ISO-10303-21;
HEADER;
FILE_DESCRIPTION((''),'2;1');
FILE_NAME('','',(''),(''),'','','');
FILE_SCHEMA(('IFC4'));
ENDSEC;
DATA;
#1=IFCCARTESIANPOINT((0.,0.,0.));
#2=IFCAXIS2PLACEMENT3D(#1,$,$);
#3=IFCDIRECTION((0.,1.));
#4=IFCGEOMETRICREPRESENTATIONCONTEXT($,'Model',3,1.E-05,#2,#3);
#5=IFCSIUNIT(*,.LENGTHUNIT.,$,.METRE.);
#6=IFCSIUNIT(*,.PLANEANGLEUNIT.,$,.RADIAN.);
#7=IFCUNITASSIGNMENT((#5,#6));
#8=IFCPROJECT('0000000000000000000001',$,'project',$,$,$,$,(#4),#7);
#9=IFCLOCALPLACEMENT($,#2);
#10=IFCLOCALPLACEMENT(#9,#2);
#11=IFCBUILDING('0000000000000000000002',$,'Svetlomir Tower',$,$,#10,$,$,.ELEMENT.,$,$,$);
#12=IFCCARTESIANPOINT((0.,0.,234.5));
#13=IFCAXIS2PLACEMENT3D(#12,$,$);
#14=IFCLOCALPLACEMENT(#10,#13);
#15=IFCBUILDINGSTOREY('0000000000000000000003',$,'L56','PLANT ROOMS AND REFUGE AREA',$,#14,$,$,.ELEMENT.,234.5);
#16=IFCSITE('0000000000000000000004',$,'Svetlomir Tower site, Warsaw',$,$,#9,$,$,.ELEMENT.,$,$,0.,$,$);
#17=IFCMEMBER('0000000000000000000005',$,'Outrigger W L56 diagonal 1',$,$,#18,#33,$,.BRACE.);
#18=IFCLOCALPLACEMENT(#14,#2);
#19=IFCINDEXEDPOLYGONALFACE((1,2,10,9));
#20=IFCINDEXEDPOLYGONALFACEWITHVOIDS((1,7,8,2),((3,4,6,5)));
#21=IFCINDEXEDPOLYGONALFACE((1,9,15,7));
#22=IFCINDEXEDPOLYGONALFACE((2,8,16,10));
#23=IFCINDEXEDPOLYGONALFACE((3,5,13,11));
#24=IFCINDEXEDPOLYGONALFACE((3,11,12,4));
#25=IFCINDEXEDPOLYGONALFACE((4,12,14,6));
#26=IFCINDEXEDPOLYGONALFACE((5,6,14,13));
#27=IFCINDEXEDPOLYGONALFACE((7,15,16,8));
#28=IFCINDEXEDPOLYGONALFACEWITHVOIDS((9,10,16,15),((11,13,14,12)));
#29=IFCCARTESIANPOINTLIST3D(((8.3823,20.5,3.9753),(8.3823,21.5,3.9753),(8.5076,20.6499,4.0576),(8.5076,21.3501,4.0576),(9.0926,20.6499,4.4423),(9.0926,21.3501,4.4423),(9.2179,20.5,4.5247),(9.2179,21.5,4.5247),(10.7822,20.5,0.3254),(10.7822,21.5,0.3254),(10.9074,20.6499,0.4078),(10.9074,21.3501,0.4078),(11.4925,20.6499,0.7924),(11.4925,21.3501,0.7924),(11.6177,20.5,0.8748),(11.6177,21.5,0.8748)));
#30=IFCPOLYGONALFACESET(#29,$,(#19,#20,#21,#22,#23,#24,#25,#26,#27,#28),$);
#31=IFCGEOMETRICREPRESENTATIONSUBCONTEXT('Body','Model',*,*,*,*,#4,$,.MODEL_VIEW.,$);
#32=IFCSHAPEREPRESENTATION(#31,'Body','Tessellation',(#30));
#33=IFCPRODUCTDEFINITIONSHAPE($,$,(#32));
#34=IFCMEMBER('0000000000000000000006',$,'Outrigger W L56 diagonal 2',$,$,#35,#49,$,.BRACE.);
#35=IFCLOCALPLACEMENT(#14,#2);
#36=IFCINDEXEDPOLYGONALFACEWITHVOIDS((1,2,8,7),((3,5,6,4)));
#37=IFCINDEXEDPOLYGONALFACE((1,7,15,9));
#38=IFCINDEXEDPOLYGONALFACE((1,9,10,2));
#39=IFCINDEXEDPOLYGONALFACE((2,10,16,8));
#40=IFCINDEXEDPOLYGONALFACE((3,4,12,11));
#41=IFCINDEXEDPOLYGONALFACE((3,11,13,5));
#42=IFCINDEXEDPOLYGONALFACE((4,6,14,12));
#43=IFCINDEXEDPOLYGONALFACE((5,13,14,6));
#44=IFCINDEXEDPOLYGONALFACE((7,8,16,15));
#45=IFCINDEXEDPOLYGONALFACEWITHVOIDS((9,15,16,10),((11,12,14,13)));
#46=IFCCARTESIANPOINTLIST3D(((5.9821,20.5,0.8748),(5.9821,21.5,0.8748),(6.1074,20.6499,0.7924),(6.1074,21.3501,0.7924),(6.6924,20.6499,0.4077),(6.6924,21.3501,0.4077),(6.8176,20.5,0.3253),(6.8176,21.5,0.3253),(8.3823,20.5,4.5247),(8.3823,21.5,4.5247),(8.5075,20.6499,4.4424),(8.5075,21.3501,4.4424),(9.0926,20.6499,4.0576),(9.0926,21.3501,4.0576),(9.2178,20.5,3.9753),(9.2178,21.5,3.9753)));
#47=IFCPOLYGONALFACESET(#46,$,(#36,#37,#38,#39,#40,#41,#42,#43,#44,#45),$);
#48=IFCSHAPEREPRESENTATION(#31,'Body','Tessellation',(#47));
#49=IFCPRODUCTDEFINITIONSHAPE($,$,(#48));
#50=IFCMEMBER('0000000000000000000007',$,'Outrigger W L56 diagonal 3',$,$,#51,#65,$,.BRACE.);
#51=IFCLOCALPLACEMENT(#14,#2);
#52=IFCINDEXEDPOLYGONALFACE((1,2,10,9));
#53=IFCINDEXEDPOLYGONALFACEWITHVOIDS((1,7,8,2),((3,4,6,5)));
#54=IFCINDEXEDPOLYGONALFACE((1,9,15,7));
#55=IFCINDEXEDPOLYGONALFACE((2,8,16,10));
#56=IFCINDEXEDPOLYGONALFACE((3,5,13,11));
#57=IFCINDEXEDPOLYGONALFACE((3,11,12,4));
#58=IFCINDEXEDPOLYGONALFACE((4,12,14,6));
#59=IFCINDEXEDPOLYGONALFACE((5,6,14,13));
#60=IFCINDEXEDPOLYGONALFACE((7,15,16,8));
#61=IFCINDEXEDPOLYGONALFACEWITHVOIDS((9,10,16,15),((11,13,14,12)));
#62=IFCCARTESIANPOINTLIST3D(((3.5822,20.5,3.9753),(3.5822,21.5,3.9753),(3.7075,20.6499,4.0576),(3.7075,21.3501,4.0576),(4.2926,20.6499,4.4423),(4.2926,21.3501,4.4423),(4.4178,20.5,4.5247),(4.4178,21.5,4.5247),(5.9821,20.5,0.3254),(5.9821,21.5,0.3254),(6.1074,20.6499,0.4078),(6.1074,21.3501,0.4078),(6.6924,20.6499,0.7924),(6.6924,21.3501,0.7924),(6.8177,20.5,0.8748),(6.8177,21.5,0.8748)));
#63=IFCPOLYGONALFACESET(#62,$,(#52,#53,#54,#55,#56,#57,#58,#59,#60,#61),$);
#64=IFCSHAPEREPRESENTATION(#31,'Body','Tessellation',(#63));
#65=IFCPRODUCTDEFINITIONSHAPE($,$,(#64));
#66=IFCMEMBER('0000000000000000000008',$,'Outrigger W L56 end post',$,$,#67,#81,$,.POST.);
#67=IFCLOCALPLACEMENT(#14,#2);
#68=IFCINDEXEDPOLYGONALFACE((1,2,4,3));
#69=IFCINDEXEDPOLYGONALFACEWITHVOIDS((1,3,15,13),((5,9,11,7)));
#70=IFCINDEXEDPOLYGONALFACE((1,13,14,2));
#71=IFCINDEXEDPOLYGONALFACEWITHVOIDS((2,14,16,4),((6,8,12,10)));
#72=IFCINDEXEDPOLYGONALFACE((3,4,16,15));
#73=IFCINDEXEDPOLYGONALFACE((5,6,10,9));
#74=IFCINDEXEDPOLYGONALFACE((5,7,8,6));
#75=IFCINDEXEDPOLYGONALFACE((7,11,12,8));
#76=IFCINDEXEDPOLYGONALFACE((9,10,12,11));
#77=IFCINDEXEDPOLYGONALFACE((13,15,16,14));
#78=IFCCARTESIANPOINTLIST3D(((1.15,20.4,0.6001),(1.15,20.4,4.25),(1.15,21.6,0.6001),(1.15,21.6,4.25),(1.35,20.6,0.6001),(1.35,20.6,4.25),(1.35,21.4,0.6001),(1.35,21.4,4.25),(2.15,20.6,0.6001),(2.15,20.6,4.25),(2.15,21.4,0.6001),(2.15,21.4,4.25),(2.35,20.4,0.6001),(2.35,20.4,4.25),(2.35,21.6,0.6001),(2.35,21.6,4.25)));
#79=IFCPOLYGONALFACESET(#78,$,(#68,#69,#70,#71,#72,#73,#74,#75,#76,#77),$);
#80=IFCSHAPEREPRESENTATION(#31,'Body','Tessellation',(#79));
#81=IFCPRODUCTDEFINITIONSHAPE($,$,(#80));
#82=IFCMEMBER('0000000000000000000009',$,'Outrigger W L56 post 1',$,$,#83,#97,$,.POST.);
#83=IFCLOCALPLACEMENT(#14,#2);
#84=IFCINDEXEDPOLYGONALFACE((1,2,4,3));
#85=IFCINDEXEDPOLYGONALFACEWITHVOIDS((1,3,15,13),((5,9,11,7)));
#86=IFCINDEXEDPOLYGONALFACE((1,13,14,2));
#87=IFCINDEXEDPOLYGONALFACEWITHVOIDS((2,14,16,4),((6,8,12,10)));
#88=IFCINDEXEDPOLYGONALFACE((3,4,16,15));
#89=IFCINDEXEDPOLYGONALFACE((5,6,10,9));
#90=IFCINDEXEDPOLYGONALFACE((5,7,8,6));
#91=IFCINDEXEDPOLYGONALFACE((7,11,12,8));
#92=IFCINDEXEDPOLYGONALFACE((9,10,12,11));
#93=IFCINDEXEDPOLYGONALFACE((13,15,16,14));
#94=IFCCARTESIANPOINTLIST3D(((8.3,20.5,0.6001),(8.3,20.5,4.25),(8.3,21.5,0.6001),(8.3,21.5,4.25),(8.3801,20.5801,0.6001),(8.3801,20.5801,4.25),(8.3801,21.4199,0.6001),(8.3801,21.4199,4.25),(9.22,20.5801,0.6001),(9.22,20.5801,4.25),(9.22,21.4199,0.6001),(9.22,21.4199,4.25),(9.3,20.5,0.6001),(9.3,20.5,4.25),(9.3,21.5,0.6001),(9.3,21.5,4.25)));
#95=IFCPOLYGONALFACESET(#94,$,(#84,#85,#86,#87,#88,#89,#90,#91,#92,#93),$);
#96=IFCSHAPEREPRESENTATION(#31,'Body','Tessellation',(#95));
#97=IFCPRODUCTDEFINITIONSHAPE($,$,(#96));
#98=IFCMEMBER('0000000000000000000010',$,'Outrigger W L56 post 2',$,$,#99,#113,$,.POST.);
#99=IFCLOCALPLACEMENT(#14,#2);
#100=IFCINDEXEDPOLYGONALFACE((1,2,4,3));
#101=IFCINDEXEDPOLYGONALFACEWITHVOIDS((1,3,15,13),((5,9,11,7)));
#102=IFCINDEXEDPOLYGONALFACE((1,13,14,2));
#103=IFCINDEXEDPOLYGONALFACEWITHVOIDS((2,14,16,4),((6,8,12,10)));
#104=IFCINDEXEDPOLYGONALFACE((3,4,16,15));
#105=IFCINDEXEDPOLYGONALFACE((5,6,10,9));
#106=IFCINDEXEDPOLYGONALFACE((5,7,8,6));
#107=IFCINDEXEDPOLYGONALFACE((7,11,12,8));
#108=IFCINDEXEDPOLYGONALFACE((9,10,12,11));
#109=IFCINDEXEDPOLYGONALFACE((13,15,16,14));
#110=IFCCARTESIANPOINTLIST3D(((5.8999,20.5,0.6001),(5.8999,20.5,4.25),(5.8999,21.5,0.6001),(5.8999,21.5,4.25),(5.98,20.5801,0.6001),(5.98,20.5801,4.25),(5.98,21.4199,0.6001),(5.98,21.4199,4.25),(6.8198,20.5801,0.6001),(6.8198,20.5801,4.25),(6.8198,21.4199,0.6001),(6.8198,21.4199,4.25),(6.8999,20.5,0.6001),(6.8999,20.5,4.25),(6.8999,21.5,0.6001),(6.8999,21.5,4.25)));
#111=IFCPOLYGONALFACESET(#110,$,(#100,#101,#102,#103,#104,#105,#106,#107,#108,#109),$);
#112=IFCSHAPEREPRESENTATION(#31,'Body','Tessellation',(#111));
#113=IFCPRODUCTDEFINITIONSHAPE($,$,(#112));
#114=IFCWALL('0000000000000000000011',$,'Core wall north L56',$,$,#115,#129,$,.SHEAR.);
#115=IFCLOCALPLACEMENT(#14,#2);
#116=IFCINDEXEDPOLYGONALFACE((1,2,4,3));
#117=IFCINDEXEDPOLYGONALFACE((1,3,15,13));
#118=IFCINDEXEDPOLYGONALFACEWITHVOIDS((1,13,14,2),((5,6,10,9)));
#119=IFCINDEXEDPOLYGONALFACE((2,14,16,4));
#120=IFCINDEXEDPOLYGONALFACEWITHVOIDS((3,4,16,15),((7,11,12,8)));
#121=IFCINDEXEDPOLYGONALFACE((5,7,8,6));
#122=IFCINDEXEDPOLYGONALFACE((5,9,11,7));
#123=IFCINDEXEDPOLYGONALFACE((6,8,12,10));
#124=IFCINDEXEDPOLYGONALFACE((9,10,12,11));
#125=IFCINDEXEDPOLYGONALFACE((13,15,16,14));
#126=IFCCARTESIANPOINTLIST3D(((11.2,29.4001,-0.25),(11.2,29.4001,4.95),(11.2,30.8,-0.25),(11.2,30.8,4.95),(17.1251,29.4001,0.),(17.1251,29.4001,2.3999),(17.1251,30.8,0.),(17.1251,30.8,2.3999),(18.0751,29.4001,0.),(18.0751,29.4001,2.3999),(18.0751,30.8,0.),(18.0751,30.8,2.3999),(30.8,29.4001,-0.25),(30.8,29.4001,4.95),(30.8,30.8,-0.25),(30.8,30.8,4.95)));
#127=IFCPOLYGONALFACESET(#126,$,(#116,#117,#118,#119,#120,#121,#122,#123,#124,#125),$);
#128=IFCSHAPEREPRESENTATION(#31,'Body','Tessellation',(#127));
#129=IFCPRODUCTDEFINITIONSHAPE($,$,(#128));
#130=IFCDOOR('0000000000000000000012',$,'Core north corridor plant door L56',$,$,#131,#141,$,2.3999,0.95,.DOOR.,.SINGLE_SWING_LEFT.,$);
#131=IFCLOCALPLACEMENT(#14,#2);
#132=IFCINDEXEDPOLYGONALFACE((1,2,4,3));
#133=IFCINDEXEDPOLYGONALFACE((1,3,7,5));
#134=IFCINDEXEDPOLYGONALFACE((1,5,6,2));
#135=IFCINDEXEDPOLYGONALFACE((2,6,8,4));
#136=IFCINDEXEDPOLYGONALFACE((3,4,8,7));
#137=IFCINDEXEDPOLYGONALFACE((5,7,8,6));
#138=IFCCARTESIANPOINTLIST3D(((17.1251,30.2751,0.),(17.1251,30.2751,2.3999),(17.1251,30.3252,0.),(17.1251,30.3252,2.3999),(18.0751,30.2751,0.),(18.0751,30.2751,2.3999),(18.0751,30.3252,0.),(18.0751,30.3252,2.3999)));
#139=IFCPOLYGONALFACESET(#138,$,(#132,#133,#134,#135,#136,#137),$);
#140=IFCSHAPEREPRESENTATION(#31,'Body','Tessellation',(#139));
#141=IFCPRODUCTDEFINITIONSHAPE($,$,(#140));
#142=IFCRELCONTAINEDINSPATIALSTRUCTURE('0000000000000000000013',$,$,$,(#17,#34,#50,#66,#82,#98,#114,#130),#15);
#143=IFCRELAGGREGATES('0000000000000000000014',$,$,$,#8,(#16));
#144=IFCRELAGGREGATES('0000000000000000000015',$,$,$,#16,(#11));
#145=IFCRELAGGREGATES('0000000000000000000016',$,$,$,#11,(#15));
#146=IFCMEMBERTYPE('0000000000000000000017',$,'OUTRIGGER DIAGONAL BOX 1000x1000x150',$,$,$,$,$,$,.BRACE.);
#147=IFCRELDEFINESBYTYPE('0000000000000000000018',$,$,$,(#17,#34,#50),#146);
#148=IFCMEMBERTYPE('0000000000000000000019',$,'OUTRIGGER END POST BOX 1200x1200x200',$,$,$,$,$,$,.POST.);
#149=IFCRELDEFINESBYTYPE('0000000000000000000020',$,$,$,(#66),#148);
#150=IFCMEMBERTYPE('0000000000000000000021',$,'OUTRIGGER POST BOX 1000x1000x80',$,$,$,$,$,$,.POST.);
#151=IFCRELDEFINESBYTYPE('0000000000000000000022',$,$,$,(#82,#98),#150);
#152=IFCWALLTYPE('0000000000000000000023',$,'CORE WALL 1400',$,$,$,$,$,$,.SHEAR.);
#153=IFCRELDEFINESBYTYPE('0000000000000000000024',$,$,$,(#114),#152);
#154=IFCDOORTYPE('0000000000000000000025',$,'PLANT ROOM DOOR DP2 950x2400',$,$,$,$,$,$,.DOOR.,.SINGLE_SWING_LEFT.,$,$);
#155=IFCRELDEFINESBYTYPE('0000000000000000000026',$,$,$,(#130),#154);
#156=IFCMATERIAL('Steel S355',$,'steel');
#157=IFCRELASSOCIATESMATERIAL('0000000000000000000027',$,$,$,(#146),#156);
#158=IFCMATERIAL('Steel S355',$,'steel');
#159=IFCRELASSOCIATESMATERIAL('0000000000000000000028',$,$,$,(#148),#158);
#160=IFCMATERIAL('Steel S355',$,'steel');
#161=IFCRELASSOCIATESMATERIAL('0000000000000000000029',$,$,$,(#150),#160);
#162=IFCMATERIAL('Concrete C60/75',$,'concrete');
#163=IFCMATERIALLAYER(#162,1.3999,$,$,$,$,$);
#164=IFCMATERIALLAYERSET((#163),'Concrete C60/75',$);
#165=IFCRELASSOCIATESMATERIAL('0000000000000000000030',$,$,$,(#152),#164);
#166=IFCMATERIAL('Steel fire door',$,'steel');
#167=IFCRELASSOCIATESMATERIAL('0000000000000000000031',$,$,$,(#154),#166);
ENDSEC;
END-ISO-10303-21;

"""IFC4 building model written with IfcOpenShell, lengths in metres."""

from ifc_helpers import new_model, si_unit, direction, frame, frame_2d, origin, origin_2d, place, context, subcontext, project, spatial, rectangle, hollow_rectangle, extrude, material, layer, layer_set, material_profile, profile_set, type_object, element, fill, save


model = new_model("IFC4")

# Units and contexts
model_context = context("Model", 3, precision=1e-05, world=origin(), true_north=direction((0.0, 1.0)))
body_context = subcontext(model_context, "Body", "Model", "MODEL_VIEW")
ifc_project = project(units=[si_unit("LENGTHUNIT", "METRE"), si_unit("PLANEANGLEUNIT", "RADIAN")], contexts=[model_context])

# Site, building, storey
site_placement = place(None, origin())
site = spatial("IfcSite", under=ifc_project, at=site_placement, Name="Svetlomir Tower site, Warsaw", CompositionType="ELEMENT", RefElevation=0.0)
building_placement = place(site_placement, origin())
building = spatial("IfcBuilding", under=site, at=building_placement, Name="Svetlomir Tower", CompositionType="ELEMENT")
storey_placement = place(building_placement, frame((0.0, 0.0, 234.5)))
storey = spatial("IfcBuildingStorey", under=building, at=storey_placement, Name="L56", Description="PLANT ROOMS AND REFUGE AREA", CompositionType="ELEMENT", Elevation=234.5)

# Members
ifc_material_1 = material(Name="Steel S355", Category="steel")
ifc_material_profile_1 = material_profile(ifc_material_1, hollow_rectangle(XDim=1.0, YDim=1.0, WallThickness=0.1499, at=origin_2d()), Name="BOX 1000x1000x150")
ifc_profile_set_1 = profile_set([ifc_material_profile_1], Name="Steel S355")
member_type_1 = type_object("IfcMemberType", Name="OUTRIGGER DIAGONAL BOX 1000x1000x150", PredefinedType="BRACE", material=ifc_profile_set_1)
member_1_placement = place(storey_placement, frame((11.2, 21.0, 0.6001), z_axis=(-0.549401, 0.0, 0.835559), x_axis=(0.0, -1.0, 0.0)))
element("IfcMember", 1, at=member_1_placement, inside=storey, type_object=member_type_1, Name="Outrigger W L56 diagonal 1", PredefinedType="BRACE", context=body_context, shape_type="SweptSolid", body=[
    extrude(hollow_rectangle(XDim=1.0, YDim=1.0, WallThickness=0.1499, at=origin_2d()), origin(), (0.0, 0.0, 1.0), 4.3682),
])
member_2_placement = place(storey_placement, frame((8.8, 21.0, 4.25), z_axis=(-0.54944, 0.0, -0.835533), x_axis=(0.0, -1.0, 0.0)))
element("IfcMember", 2, at=member_2_placement, inside=storey, type_object=member_type_1, Name="Outrigger W L56 diagonal 2", PredefinedType="BRACE", context=body_context, shape_type="SweptSolid", body=[
    extrude(hollow_rectangle(XDim=1.0, YDim=1.0, WallThickness=0.1499, at=origin_2d()), origin(), (0.0, 0.0, 1.0), 4.3684),
])
member_3_placement = place(storey_placement, frame((6.3999, 21.0, 0.6001), z_axis=(-0.549401, 0.0, 0.835559), x_axis=(0.0, -1.0, 0.0)))
element("IfcMember", 3, at=member_3_placement, inside=storey, type_object=member_type_1, Name="Outrigger W L56 diagonal 3", PredefinedType="BRACE", context=body_context, shape_type="SweptSolid", body=[
    extrude(hollow_rectangle(XDim=1.0, YDim=1.0, WallThickness=0.1499, at=origin_2d()), origin(), (0.0, 0.0, 1.0), 4.3682),
])
ifc_material_2 = material(Name="Steel S355", Category="steel")
ifc_material_profile_2 = material_profile(ifc_material_2, hollow_rectangle(XDim=1.2, YDim=1.2, WallThickness=0.2, at=origin_2d()), Name="BOX 1200x1200x200")
ifc_profile_set_2 = profile_set([ifc_material_profile_2], Name="Steel S355")
member_type_2 = type_object("IfcMemberType", Name="OUTRIGGER END POST BOX 1200x1200x200", PredefinedType="POST", material=ifc_profile_set_2)
member_4_placement = place(storey_placement, frame((1.75, 21.0, 0.6001), z_axis=(0.0, 0.0, 1.0), x_axis=(1.0, 0.0, 0.0)))
element("IfcMember", 4, at=member_4_placement, inside=storey, type_object=member_type_2, Name="Outrigger W L56 end post", PredefinedType="POST", context=body_context, shape_type="SweptSolid", body=[
    extrude(hollow_rectangle(XDim=1.2, YDim=1.2, WallThickness=0.2, at=origin_2d()), origin(), (0.0, 0.0, 1.0), 3.6499),
])
ifc_material_3 = material(Name="Steel S355", Category="steel")
ifc_material_profile_3 = material_profile(ifc_material_3, hollow_rectangle(XDim=1.0, YDim=1.0, WallThickness=0.0801, at=origin_2d()), Name="BOX 1000x1000x80")
ifc_profile_set_3 = profile_set([ifc_material_profile_3], Name="Steel S355")
member_type_3 = type_object("IfcMemberType", Name="OUTRIGGER POST BOX 1000x1000x80", PredefinedType="POST", material=ifc_profile_set_3)
for number, where, z_axis, x_axis, name in (
    (5, (8.8, 21.0, 0.6001), (0.0, 0.0, 1.0), (1.0, 0.0, 0.0), "Outrigger W L56 post 1"),
    (6, (6.3999, 21.0, 0.6001), (0.0, 0.0, 1.0), (1.0, 0.0, 0.0), "Outrigger W L56 post 2"),
):
    element("IfcMember", number, at=place(storey_placement, frame(where, z_axis=z_axis, x_axis=x_axis)), inside=storey, type_object=member_type_3, Name=name, PredefinedType="POST", context=body_context, shape_type="SweptSolid", body=[
        extrude(hollow_rectangle(XDim=1.0, YDim=1.0, WallThickness=0.0801, at=origin_2d()), origin(), (0.0, 0.0, 1.0), 3.6499),
    ])

# Wall, opening, door
ifc_material_4 = material(Name="Concrete C60/75", Category="concrete")
ifc_layer = layer(ifc_material_4, 1.3999)
ifc_layer_set = layer_set([ifc_layer], Name="Concrete C60/75")
wall_type = type_object("IfcWallType", Name="CORE WALL 1400", PredefinedType="SHEAR", material=ifc_layer_set)
wall_placement = place(storey_placement, frame((11.2, 30.1001, -0.25), z_axis=(0.0, 0.0, 1.0), x_axis=(1.0, 0.0, 0.0)))
wall = element("IfcWall", 7, at=wall_placement, inside=storey, type_object=wall_type, Name="Core wall north L56", PredefinedType="SHEAR", context=body_context, shape_type="SweptSolid", body=[
    extrude(rectangle(XDim=19.6001, YDim=1.3999, at=frame_2d((9.8, 0.0))), origin(), (0.0, 0.0, 1.0), 5.2),
])
opening_placement = place(wall_placement, frame((5.925, 0.0, 0.25)))
opening = element("IfcOpeningElement", 8, at=opening_placement, cuts=wall, PredefinedType="OPENING", context=body_context, shape_type="SweptSolid", body=[
    extrude(rectangle(XDim=0.95, YDim=2.3999, at=frame_2d((0.4751, 1.2))), frame((0.0, 0.71, 0.0), z_axis=(0.0, -1.0, 0.0), x_axis=(1.0, 0.0, 0.0)), (0.0, 0.0, 1.0), 1.4199),
])
ifc_material_5 = material(Name="Steel fire door", Category="steel")
door_type = type_object("IfcDoorType", Name="PLANT ROOM DOOR DP2 950x2400", OperationType="SINGLE_SWING_LEFT", PredefinedType="DOOR", material=ifc_material_5)
door_placement = place(opening_placement, origin())
door = element("IfcDoor", 9, at=door_placement, inside=storey, type_object=door_type, Name="Core north corridor plant door L56", OperationType="SINGLE_SWING_LEFT", OverallHeight=2.3999, OverallWidth=0.95, PredefinedType="DOOR", context=body_context, shape_type="SweptSolid", body=[
    extrude(rectangle(XDim=0.95, YDim=2.3999, at=frame_2d((0.4751, 1.2))), frame((0.0, 0.2251, 0.0), z_axis=(0.0, -1.0, 0.0), x_axis=(1.0, 0.0, 0.0)), (0.0, 0.0, 1.0), 0.05),
])
fill(opening, door)

save(model, "model.ifc")
